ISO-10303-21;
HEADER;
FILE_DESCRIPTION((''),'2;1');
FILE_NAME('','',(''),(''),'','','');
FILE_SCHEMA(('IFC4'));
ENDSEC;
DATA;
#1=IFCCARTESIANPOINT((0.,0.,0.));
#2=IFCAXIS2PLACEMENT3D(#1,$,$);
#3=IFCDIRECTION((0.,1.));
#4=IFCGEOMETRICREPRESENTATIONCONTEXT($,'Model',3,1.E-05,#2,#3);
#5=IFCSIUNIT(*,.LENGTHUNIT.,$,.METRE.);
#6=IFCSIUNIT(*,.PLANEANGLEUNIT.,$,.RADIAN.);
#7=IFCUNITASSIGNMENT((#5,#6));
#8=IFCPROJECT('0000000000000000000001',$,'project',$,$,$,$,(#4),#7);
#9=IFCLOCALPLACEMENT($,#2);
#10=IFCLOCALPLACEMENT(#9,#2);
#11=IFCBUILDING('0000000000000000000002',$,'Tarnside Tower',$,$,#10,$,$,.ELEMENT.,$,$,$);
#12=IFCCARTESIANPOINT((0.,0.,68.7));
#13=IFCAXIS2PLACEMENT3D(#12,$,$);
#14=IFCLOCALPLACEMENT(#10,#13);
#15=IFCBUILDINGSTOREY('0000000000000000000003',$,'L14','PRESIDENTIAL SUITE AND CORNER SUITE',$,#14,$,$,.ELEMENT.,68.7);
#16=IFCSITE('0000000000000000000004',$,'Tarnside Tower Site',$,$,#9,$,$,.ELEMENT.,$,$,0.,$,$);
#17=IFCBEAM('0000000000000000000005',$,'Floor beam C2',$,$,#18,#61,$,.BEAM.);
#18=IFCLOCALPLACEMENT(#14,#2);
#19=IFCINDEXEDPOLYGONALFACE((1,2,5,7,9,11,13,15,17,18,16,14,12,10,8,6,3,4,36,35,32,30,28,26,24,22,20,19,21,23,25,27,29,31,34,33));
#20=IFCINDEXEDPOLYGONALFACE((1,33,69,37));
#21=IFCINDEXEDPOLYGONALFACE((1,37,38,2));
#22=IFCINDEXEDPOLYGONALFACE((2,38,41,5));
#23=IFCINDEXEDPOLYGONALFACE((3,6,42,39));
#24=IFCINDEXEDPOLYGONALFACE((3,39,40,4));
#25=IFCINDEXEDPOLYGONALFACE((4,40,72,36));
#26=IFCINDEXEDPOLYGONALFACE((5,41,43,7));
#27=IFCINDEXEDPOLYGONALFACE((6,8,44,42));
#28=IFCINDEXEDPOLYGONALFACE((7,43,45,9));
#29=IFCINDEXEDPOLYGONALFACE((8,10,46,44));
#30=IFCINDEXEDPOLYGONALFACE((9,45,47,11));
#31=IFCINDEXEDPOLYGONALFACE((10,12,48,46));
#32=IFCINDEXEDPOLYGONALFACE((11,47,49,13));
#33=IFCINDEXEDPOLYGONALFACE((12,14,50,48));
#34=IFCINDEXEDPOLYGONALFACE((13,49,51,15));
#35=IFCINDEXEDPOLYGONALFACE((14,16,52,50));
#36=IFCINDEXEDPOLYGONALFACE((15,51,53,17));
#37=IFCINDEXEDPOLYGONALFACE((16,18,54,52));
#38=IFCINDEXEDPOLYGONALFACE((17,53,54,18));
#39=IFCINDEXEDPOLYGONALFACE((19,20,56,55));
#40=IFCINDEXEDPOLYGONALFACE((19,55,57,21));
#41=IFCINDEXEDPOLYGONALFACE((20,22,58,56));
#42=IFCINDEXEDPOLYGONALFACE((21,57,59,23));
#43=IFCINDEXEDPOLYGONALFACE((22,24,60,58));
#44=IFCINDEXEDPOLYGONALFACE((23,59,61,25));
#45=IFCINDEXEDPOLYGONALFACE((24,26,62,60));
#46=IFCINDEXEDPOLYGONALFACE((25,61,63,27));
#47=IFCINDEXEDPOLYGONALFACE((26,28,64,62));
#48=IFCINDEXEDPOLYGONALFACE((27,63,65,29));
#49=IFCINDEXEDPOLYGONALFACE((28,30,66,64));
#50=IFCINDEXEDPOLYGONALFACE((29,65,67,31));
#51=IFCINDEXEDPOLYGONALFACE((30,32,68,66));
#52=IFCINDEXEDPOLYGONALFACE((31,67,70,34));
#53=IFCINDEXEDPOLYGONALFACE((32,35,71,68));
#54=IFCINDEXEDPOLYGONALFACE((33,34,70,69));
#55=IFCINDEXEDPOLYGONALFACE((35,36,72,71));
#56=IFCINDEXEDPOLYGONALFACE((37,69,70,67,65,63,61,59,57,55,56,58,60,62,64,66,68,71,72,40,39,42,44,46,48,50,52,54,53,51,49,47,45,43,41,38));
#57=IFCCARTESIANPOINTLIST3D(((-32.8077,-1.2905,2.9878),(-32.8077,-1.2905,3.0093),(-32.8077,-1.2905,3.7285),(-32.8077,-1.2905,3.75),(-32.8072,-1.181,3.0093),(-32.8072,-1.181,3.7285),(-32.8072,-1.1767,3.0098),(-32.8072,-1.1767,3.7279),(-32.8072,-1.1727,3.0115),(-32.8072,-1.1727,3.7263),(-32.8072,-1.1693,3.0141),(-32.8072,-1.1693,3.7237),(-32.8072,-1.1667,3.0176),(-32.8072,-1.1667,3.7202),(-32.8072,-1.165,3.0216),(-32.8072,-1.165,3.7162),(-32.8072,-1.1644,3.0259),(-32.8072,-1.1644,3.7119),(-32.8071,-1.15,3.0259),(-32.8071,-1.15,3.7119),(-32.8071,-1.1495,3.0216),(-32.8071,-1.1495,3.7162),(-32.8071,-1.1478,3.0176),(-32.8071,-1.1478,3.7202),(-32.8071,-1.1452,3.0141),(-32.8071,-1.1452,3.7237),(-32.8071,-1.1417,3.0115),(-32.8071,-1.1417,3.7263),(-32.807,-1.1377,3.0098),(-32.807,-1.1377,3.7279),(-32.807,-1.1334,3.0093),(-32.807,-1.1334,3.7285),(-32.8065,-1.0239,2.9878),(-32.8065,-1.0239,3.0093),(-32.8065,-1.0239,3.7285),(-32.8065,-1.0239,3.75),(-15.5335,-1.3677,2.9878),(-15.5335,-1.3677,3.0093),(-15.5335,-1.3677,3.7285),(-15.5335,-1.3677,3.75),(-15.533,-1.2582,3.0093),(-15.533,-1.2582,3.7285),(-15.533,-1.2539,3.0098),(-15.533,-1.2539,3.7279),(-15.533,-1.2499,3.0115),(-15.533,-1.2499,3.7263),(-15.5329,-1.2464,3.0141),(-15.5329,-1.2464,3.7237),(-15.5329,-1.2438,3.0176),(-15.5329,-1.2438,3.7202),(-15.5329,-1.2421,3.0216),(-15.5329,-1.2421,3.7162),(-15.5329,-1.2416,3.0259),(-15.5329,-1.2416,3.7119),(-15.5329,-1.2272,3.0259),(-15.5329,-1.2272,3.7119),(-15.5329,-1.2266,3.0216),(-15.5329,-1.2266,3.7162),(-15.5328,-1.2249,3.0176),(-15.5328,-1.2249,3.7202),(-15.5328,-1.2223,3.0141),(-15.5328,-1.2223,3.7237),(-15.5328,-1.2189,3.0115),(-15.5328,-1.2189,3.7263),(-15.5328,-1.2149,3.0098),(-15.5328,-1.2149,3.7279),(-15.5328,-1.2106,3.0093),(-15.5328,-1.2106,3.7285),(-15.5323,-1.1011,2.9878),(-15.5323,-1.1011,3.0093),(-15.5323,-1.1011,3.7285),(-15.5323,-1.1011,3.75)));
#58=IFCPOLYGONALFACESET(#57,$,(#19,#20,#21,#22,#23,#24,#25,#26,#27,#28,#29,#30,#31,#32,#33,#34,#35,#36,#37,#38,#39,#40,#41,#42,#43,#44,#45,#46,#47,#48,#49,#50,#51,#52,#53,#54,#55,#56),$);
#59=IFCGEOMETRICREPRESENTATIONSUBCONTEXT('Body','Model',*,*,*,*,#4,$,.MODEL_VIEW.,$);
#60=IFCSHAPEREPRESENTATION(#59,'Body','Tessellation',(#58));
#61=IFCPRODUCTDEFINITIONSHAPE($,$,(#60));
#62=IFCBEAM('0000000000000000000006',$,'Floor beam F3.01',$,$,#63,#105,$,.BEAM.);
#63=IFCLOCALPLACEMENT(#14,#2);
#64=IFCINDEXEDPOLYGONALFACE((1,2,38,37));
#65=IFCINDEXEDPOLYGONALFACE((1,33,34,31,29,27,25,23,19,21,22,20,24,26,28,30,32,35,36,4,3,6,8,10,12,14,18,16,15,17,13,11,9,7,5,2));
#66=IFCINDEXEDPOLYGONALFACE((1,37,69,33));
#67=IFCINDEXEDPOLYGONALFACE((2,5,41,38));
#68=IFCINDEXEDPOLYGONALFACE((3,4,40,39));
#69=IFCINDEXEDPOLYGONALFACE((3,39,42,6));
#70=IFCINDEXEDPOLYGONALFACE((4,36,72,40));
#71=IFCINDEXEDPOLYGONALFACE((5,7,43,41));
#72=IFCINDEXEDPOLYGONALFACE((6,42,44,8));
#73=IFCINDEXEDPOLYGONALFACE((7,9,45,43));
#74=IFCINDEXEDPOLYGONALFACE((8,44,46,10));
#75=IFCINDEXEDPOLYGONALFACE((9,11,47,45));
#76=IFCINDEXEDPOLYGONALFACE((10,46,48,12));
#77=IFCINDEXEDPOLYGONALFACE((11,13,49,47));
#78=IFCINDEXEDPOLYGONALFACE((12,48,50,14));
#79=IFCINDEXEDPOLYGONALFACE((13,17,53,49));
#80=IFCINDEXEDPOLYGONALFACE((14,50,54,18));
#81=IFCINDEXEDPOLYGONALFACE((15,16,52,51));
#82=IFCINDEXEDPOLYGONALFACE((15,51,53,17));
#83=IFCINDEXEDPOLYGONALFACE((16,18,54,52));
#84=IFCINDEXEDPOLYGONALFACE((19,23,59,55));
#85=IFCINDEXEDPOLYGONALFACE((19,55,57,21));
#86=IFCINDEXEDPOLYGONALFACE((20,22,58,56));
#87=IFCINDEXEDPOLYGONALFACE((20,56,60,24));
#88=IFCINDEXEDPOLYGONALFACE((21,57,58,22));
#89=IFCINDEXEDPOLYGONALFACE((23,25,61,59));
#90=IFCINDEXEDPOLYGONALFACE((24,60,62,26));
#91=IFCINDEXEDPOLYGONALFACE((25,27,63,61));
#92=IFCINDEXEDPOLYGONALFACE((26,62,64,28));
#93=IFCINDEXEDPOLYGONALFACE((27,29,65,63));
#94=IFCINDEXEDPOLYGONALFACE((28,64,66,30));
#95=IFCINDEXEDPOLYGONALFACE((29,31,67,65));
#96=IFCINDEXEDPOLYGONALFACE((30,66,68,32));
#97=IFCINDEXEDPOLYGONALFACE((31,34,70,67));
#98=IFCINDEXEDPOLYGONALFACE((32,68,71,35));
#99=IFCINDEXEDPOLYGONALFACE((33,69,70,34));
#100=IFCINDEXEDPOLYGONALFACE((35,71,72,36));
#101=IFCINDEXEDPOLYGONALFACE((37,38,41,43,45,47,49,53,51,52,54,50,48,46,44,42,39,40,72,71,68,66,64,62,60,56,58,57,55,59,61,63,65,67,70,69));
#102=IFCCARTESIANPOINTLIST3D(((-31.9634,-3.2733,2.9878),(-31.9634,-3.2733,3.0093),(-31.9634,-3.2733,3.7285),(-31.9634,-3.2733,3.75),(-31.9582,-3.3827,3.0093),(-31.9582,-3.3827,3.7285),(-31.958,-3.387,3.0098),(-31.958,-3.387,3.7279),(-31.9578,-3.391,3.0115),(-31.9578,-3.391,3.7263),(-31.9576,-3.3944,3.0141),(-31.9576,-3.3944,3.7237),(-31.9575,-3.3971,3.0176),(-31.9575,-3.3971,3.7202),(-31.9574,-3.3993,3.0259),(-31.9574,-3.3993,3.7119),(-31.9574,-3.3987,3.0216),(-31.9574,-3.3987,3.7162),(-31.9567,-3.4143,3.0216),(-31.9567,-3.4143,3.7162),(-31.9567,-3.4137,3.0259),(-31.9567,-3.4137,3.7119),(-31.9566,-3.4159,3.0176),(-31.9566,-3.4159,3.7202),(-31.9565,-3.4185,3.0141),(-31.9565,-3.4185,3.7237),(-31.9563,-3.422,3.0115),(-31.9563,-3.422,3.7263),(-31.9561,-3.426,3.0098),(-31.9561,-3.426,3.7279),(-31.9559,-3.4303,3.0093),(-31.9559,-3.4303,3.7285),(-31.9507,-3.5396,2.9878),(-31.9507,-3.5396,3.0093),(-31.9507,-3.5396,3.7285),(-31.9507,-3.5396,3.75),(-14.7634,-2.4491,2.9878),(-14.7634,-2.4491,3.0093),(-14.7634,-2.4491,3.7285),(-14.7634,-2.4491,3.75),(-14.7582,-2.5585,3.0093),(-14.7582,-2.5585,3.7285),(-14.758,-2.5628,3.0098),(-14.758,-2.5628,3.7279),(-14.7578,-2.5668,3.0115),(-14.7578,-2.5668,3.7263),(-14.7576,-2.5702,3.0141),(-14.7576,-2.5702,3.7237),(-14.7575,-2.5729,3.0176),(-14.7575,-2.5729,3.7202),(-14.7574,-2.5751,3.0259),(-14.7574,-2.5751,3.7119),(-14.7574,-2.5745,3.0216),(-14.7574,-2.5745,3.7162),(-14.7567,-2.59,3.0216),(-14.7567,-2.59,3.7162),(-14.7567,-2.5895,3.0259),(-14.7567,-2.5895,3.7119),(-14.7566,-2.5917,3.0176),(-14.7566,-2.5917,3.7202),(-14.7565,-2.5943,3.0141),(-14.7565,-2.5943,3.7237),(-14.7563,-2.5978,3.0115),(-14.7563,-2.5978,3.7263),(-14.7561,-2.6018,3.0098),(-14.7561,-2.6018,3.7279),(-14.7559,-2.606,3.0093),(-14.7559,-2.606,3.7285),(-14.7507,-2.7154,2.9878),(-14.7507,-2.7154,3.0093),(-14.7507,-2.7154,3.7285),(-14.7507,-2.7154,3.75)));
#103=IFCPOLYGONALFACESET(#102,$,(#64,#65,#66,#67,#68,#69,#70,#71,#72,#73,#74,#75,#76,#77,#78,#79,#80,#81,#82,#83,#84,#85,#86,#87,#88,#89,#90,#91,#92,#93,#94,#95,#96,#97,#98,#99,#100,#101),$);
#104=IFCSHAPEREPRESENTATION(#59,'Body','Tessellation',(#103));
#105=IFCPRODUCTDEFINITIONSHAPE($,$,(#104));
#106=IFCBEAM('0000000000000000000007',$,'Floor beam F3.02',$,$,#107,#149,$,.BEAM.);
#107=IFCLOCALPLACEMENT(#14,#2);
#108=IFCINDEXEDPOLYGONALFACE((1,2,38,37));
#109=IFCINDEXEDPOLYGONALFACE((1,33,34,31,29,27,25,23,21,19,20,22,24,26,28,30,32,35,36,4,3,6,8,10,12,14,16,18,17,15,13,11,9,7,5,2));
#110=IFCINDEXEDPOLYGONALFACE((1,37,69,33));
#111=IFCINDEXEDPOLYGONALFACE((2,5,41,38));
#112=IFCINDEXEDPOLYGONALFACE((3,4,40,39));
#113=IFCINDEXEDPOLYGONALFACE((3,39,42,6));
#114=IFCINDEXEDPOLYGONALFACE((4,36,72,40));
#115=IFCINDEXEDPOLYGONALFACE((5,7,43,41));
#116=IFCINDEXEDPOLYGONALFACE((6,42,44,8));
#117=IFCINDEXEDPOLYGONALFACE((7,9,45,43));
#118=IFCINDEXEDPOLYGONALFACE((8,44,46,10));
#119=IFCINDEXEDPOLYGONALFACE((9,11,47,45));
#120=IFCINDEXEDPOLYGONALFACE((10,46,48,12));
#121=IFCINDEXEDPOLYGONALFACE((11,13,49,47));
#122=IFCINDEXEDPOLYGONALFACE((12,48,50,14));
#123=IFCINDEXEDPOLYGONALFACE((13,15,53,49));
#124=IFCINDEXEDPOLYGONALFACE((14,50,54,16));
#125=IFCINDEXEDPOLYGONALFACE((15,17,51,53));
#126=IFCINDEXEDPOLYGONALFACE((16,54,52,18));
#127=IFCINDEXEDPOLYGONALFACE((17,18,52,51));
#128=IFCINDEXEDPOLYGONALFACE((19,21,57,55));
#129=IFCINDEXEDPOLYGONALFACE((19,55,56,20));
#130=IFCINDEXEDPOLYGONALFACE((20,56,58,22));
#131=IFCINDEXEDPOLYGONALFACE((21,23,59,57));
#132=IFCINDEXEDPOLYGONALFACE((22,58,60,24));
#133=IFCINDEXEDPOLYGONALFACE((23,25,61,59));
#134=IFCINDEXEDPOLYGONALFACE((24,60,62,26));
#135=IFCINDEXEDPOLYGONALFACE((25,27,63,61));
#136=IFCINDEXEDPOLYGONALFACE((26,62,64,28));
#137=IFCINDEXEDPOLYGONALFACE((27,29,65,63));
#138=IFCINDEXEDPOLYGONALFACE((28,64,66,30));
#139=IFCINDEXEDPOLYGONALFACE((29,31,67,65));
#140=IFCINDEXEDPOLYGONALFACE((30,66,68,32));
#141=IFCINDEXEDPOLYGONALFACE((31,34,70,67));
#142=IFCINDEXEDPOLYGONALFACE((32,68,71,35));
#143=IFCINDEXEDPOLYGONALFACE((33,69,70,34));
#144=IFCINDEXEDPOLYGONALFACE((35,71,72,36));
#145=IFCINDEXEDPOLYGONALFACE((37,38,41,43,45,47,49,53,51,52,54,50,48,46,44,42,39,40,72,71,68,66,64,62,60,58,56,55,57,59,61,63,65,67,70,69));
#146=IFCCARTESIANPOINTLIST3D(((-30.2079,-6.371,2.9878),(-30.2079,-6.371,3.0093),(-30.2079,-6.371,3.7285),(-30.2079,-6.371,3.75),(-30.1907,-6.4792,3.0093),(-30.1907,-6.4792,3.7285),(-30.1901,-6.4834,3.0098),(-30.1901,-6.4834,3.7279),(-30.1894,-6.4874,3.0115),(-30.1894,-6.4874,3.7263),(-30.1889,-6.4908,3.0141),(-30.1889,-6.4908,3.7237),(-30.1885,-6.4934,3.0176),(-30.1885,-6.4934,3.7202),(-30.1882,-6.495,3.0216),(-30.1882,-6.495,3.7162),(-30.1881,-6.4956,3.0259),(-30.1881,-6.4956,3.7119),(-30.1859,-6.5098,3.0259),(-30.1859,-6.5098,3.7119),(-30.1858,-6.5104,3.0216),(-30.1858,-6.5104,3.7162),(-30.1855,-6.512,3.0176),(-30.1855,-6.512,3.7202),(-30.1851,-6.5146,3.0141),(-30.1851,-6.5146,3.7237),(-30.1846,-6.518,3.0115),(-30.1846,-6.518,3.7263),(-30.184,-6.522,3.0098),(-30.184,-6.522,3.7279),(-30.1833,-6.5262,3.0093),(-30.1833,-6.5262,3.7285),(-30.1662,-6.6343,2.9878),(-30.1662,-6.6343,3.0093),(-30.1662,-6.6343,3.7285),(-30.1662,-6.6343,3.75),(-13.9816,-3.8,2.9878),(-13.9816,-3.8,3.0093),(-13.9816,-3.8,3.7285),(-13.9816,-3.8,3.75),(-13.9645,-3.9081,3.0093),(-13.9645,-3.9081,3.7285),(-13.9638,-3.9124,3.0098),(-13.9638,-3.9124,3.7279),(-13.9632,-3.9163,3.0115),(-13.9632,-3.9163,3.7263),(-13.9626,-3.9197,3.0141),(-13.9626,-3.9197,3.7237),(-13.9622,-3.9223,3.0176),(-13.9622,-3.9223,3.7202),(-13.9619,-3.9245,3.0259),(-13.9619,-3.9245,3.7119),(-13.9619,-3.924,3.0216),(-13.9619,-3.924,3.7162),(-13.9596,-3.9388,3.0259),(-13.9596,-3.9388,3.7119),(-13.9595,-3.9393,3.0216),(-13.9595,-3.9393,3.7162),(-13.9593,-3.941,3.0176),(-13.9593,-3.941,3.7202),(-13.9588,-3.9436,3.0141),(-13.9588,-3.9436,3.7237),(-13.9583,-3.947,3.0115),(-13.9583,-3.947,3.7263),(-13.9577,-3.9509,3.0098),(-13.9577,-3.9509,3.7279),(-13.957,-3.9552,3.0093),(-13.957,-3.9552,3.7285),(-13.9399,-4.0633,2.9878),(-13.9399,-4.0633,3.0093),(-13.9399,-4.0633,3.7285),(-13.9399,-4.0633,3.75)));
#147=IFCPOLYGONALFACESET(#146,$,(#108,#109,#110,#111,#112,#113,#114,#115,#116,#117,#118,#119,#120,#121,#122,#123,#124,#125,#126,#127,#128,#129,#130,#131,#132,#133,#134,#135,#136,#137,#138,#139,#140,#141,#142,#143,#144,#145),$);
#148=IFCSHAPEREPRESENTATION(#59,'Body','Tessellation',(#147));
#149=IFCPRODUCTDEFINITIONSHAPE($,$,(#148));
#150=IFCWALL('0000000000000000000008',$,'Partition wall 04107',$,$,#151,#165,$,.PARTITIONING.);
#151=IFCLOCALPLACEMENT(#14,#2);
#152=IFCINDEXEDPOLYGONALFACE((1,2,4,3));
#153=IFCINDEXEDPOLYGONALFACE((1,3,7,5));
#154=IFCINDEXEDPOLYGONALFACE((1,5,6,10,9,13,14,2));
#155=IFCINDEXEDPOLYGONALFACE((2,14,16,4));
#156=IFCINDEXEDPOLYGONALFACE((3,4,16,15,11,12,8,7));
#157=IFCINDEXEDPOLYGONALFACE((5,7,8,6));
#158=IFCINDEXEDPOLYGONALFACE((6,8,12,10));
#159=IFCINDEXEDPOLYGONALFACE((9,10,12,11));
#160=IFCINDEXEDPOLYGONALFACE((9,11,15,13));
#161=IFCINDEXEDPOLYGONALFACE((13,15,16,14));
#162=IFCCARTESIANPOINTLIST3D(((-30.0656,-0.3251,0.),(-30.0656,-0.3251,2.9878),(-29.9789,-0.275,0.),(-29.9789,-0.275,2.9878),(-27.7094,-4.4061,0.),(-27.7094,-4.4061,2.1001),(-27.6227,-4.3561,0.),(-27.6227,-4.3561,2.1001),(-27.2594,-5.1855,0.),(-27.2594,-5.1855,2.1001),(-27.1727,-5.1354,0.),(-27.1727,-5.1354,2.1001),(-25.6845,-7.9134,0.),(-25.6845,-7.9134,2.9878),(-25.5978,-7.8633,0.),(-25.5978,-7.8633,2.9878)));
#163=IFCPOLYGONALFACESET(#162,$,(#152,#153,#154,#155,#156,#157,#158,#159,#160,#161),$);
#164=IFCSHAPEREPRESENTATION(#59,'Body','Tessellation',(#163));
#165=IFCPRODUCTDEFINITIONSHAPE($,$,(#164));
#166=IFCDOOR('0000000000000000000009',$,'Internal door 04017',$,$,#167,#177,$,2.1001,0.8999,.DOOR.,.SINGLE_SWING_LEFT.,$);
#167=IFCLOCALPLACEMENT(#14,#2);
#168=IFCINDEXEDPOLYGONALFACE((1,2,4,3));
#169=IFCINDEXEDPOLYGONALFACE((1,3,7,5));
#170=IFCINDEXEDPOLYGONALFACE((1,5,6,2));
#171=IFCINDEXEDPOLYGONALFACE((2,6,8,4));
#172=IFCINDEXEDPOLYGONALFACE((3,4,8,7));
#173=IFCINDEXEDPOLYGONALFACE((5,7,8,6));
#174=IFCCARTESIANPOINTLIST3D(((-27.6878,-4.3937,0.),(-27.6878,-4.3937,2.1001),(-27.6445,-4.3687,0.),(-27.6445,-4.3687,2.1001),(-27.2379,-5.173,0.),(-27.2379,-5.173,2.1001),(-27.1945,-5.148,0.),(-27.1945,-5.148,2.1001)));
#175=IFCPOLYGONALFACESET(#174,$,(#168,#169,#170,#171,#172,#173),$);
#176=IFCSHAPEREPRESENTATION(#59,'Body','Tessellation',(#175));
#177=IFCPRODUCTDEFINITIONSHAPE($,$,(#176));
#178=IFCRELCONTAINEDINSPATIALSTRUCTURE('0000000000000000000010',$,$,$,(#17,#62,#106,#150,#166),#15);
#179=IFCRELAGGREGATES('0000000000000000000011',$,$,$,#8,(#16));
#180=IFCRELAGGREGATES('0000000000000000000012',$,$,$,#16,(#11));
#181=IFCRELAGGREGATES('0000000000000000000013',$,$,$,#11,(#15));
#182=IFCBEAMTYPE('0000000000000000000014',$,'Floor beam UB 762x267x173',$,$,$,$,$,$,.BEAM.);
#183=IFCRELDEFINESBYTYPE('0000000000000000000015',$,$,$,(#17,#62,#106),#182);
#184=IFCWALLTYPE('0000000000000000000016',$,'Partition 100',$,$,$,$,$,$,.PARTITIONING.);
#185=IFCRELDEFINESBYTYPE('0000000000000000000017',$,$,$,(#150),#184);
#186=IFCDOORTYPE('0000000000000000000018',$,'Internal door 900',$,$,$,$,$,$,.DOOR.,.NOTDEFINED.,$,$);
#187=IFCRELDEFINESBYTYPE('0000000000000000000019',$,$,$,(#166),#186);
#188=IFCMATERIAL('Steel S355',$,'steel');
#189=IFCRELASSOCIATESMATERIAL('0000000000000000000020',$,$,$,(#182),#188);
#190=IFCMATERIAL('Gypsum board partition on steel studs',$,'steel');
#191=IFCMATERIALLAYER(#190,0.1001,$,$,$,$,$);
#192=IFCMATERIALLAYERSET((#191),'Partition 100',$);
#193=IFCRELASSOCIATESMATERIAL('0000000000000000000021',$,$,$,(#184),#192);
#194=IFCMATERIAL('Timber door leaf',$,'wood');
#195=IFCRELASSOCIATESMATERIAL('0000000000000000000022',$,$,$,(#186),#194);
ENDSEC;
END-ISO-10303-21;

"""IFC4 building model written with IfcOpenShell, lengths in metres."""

from ifc_helpers import new_model, si_unit, direction, frame, frame_2d, origin, origin_2d, place, context, subcontext, project, spatial, rectangle, i_section, extrude, material, layer, layer_set, material_profile, profile_set, type_object, element, fill, save


model = new_model("IFC4")

# Units and contexts
model_context = context("Model", 3, precision=1e-05, world=origin(), true_north=direction((0.0, 1.0)))
body_context = subcontext(model_context, "Body", "Model", "MODEL_VIEW")
ifc_project = project(units=[si_unit("LENGTHUNIT", "METRE"), si_unit("PLANEANGLEUNIT", "RADIAN")], contexts=[model_context])

# Site, building, storey
site_placement = place(None, origin())
site = spatial("IfcSite", under=ifc_project, at=site_placement, Name="Tarnside Tower Site", CompositionType="ELEMENT", RefElevation=0.0)
building_placement = place(site_placement, origin())
building = spatial("IfcBuilding", under=site, at=building_placement, Name="Tarnside Tower", CompositionType="ELEMENT")
storey_placement = place(building_placement, frame((0.0, 0.0, 68.7)))
storey = spatial("IfcBuildingStorey", under=building, at=storey_placement, Name="L14", Description="PRESIDENTIAL SUITE AND CORNER SUITE", CompositionType="ELEMENT", Elevation=68.7)

# Beams
ifc_material_1 = material(Name="Steel S355", Category="steel")
ifc_material_profile = material_profile(ifc_material_1, i_section(OverallWidth=0.2666, OverallDepth=0.7622, WebThickness=0.0144, FlangeThickness=0.0215, FilletRadius=0.0166, at=origin_2d()), Name="UB 762x267x173")
ifc_profile_set = profile_set([ifc_material_profile], Name="Steel S355")
beam_type = type_object("IfcBeamType", Name="Floor beam UB 762x267x173", PredefinedType="BEAM", material=ifc_profile_set)
beam_1_placement = place(storey_placement, frame((-32.8071, -1.1572, 3.3689), z_axis=(0.99999, -0.004466, 0.0), x_axis=(0.004466, 0.99999, 0.0)))
element("IfcBeam", 1, at=beam_1_placement, inside=storey, type_object=beam_type, Name="Floor beam C2", PredefinedType="BEAM", context=body_context, shape_type="SweptSolid", body=[
    extrude(i_section(OverallWidth=0.2666, OverallDepth=0.7622, WebThickness=0.0144, FlangeThickness=0.0215, FilletRadius=0.0166, at=origin_2d()), origin(), (0.0, 0.0, 1.0), 17.2744),
])
beam_2_placement = place(storey_placement, frame((-31.957, -3.4065, 3.3689), z_axis=(0.998854, 0.047865, 0.0), x_axis=(-0.047865, 0.998854, 0.0)))
element("IfcBeam", 2, at=beam_2_placement, inside=storey, type_object=beam_type, Name="Floor beam F3.01", PredefinedType="BEAM", context=body_context, shape_type="SweptSolid", body=[
    extrude(i_section(OverallWidth=0.2666, OverallDepth=0.7622, WebThickness=0.0144, FlangeThickness=0.0215, FilletRadius=0.0166, at=origin_2d()), origin(), (0.0, 0.0, 1.0), 17.2197),
])
beam_3_placement = place(storey_placement, frame((-30.187, -6.5027, 3.3689), z_axis=(0.987678, 0.156497, 0.0), x_axis=(-0.156497, 0.987678, 0.0)))
element("IfcBeam", 3, at=beam_3_placement, inside=storey, type_object=beam_type, Name="Floor beam F3.02", PredefinedType="BEAM", context=body_context, shape_type="SweptSolid", body=[
    extrude(i_section(OverallWidth=0.2666, OverallDepth=0.7622, WebThickness=0.0144, FlangeThickness=0.0215, FilletRadius=0.0166, at=origin_2d()), origin(), (0.0, 0.0, 1.0), 16.4287),
])

# Wall, opening, door
ifc_material_2 = material(Name="Gypsum board partition on steel studs", Category="steel")
ifc_layer_1 = layer(ifc_material_2, 0.1001)
ifc_layer_set_1 = layer_set([ifc_layer_1], Name="Partition 100")
wall_type_1 = type_object("IfcWallType", Name="Partition 100", PredefinedType="PARTITIONING", material=ifc_layer_set_1)
wall_1_placement = place(storey_placement, frame((-30.0222, -0.3, 0.0), z_axis=(0.0, 0.0, 1.0), x_axis=(0.499996, -0.866028, 0.0)))
wall_1 = element("IfcWall", 4, at=wall_1_placement, inside=storey, type_object=wall_type_1, Name="Partition wall 04107", PredefinedType="PARTITIONING", context=body_context, shape_type="SweptSolid", body=[
    extrude(rectangle(XDim=8.7622, YDim=0.1001, at=frame_2d((4.3811, 0.0))), origin(), (0.0, 0.0, 1.0), 2.9878),
])
opening_1_placement = place(wall_1_placement, frame((4.7124, 0.0, 0.0)))
opening_1 = element("IfcOpeningElement", 5, at=opening_1_placement, cuts=wall_1, PredefinedType="OPENING", context=body_context, shape_type="SweptSolid", body=[
    extrude(rectangle(XDim=0.8999, YDim=2.1001, at=frame_2d((0.45, 1.05))), frame((0.0, 0.0601, 0.0), z_axis=(0.0, -1.0, 0.0), x_axis=(1.0, 0.0, 0.0)), (0.0, 0.0, 1.0), 0.1201),
])
ifc_material_3 = material(Name="Timber door leaf", Category="wood")
door_type = type_object("IfcDoorType", Name="Internal door 900", OperationType="NOTDEFINED", PredefinedType="DOOR", material=ifc_material_3)
door_placement = place(opening_1_placement, origin())
door = element("IfcDoor", 6, at=door_placement, inside=storey, type_object=door_type, Name="Internal door 04017", OperationType="SINGLE_SWING_LEFT", OverallHeight=2.1001, OverallWidth=0.8999, PredefinedType="DOOR", context=body_context, shape_type="SweptSolid", body=[
    extrude(rectangle(XDim=0.8999, YDim=2.1001, at=frame_2d((0.45, 1.05))), frame((0.0, 0.0249, 0.0), z_axis=(0.0, -1.0, 0.0), x_axis=(1.0, 0.0, 0.0)), (0.0, 0.0, 1.0), 0.05),
])
fill(opening_1, door)

save(model, "model.ifc")
